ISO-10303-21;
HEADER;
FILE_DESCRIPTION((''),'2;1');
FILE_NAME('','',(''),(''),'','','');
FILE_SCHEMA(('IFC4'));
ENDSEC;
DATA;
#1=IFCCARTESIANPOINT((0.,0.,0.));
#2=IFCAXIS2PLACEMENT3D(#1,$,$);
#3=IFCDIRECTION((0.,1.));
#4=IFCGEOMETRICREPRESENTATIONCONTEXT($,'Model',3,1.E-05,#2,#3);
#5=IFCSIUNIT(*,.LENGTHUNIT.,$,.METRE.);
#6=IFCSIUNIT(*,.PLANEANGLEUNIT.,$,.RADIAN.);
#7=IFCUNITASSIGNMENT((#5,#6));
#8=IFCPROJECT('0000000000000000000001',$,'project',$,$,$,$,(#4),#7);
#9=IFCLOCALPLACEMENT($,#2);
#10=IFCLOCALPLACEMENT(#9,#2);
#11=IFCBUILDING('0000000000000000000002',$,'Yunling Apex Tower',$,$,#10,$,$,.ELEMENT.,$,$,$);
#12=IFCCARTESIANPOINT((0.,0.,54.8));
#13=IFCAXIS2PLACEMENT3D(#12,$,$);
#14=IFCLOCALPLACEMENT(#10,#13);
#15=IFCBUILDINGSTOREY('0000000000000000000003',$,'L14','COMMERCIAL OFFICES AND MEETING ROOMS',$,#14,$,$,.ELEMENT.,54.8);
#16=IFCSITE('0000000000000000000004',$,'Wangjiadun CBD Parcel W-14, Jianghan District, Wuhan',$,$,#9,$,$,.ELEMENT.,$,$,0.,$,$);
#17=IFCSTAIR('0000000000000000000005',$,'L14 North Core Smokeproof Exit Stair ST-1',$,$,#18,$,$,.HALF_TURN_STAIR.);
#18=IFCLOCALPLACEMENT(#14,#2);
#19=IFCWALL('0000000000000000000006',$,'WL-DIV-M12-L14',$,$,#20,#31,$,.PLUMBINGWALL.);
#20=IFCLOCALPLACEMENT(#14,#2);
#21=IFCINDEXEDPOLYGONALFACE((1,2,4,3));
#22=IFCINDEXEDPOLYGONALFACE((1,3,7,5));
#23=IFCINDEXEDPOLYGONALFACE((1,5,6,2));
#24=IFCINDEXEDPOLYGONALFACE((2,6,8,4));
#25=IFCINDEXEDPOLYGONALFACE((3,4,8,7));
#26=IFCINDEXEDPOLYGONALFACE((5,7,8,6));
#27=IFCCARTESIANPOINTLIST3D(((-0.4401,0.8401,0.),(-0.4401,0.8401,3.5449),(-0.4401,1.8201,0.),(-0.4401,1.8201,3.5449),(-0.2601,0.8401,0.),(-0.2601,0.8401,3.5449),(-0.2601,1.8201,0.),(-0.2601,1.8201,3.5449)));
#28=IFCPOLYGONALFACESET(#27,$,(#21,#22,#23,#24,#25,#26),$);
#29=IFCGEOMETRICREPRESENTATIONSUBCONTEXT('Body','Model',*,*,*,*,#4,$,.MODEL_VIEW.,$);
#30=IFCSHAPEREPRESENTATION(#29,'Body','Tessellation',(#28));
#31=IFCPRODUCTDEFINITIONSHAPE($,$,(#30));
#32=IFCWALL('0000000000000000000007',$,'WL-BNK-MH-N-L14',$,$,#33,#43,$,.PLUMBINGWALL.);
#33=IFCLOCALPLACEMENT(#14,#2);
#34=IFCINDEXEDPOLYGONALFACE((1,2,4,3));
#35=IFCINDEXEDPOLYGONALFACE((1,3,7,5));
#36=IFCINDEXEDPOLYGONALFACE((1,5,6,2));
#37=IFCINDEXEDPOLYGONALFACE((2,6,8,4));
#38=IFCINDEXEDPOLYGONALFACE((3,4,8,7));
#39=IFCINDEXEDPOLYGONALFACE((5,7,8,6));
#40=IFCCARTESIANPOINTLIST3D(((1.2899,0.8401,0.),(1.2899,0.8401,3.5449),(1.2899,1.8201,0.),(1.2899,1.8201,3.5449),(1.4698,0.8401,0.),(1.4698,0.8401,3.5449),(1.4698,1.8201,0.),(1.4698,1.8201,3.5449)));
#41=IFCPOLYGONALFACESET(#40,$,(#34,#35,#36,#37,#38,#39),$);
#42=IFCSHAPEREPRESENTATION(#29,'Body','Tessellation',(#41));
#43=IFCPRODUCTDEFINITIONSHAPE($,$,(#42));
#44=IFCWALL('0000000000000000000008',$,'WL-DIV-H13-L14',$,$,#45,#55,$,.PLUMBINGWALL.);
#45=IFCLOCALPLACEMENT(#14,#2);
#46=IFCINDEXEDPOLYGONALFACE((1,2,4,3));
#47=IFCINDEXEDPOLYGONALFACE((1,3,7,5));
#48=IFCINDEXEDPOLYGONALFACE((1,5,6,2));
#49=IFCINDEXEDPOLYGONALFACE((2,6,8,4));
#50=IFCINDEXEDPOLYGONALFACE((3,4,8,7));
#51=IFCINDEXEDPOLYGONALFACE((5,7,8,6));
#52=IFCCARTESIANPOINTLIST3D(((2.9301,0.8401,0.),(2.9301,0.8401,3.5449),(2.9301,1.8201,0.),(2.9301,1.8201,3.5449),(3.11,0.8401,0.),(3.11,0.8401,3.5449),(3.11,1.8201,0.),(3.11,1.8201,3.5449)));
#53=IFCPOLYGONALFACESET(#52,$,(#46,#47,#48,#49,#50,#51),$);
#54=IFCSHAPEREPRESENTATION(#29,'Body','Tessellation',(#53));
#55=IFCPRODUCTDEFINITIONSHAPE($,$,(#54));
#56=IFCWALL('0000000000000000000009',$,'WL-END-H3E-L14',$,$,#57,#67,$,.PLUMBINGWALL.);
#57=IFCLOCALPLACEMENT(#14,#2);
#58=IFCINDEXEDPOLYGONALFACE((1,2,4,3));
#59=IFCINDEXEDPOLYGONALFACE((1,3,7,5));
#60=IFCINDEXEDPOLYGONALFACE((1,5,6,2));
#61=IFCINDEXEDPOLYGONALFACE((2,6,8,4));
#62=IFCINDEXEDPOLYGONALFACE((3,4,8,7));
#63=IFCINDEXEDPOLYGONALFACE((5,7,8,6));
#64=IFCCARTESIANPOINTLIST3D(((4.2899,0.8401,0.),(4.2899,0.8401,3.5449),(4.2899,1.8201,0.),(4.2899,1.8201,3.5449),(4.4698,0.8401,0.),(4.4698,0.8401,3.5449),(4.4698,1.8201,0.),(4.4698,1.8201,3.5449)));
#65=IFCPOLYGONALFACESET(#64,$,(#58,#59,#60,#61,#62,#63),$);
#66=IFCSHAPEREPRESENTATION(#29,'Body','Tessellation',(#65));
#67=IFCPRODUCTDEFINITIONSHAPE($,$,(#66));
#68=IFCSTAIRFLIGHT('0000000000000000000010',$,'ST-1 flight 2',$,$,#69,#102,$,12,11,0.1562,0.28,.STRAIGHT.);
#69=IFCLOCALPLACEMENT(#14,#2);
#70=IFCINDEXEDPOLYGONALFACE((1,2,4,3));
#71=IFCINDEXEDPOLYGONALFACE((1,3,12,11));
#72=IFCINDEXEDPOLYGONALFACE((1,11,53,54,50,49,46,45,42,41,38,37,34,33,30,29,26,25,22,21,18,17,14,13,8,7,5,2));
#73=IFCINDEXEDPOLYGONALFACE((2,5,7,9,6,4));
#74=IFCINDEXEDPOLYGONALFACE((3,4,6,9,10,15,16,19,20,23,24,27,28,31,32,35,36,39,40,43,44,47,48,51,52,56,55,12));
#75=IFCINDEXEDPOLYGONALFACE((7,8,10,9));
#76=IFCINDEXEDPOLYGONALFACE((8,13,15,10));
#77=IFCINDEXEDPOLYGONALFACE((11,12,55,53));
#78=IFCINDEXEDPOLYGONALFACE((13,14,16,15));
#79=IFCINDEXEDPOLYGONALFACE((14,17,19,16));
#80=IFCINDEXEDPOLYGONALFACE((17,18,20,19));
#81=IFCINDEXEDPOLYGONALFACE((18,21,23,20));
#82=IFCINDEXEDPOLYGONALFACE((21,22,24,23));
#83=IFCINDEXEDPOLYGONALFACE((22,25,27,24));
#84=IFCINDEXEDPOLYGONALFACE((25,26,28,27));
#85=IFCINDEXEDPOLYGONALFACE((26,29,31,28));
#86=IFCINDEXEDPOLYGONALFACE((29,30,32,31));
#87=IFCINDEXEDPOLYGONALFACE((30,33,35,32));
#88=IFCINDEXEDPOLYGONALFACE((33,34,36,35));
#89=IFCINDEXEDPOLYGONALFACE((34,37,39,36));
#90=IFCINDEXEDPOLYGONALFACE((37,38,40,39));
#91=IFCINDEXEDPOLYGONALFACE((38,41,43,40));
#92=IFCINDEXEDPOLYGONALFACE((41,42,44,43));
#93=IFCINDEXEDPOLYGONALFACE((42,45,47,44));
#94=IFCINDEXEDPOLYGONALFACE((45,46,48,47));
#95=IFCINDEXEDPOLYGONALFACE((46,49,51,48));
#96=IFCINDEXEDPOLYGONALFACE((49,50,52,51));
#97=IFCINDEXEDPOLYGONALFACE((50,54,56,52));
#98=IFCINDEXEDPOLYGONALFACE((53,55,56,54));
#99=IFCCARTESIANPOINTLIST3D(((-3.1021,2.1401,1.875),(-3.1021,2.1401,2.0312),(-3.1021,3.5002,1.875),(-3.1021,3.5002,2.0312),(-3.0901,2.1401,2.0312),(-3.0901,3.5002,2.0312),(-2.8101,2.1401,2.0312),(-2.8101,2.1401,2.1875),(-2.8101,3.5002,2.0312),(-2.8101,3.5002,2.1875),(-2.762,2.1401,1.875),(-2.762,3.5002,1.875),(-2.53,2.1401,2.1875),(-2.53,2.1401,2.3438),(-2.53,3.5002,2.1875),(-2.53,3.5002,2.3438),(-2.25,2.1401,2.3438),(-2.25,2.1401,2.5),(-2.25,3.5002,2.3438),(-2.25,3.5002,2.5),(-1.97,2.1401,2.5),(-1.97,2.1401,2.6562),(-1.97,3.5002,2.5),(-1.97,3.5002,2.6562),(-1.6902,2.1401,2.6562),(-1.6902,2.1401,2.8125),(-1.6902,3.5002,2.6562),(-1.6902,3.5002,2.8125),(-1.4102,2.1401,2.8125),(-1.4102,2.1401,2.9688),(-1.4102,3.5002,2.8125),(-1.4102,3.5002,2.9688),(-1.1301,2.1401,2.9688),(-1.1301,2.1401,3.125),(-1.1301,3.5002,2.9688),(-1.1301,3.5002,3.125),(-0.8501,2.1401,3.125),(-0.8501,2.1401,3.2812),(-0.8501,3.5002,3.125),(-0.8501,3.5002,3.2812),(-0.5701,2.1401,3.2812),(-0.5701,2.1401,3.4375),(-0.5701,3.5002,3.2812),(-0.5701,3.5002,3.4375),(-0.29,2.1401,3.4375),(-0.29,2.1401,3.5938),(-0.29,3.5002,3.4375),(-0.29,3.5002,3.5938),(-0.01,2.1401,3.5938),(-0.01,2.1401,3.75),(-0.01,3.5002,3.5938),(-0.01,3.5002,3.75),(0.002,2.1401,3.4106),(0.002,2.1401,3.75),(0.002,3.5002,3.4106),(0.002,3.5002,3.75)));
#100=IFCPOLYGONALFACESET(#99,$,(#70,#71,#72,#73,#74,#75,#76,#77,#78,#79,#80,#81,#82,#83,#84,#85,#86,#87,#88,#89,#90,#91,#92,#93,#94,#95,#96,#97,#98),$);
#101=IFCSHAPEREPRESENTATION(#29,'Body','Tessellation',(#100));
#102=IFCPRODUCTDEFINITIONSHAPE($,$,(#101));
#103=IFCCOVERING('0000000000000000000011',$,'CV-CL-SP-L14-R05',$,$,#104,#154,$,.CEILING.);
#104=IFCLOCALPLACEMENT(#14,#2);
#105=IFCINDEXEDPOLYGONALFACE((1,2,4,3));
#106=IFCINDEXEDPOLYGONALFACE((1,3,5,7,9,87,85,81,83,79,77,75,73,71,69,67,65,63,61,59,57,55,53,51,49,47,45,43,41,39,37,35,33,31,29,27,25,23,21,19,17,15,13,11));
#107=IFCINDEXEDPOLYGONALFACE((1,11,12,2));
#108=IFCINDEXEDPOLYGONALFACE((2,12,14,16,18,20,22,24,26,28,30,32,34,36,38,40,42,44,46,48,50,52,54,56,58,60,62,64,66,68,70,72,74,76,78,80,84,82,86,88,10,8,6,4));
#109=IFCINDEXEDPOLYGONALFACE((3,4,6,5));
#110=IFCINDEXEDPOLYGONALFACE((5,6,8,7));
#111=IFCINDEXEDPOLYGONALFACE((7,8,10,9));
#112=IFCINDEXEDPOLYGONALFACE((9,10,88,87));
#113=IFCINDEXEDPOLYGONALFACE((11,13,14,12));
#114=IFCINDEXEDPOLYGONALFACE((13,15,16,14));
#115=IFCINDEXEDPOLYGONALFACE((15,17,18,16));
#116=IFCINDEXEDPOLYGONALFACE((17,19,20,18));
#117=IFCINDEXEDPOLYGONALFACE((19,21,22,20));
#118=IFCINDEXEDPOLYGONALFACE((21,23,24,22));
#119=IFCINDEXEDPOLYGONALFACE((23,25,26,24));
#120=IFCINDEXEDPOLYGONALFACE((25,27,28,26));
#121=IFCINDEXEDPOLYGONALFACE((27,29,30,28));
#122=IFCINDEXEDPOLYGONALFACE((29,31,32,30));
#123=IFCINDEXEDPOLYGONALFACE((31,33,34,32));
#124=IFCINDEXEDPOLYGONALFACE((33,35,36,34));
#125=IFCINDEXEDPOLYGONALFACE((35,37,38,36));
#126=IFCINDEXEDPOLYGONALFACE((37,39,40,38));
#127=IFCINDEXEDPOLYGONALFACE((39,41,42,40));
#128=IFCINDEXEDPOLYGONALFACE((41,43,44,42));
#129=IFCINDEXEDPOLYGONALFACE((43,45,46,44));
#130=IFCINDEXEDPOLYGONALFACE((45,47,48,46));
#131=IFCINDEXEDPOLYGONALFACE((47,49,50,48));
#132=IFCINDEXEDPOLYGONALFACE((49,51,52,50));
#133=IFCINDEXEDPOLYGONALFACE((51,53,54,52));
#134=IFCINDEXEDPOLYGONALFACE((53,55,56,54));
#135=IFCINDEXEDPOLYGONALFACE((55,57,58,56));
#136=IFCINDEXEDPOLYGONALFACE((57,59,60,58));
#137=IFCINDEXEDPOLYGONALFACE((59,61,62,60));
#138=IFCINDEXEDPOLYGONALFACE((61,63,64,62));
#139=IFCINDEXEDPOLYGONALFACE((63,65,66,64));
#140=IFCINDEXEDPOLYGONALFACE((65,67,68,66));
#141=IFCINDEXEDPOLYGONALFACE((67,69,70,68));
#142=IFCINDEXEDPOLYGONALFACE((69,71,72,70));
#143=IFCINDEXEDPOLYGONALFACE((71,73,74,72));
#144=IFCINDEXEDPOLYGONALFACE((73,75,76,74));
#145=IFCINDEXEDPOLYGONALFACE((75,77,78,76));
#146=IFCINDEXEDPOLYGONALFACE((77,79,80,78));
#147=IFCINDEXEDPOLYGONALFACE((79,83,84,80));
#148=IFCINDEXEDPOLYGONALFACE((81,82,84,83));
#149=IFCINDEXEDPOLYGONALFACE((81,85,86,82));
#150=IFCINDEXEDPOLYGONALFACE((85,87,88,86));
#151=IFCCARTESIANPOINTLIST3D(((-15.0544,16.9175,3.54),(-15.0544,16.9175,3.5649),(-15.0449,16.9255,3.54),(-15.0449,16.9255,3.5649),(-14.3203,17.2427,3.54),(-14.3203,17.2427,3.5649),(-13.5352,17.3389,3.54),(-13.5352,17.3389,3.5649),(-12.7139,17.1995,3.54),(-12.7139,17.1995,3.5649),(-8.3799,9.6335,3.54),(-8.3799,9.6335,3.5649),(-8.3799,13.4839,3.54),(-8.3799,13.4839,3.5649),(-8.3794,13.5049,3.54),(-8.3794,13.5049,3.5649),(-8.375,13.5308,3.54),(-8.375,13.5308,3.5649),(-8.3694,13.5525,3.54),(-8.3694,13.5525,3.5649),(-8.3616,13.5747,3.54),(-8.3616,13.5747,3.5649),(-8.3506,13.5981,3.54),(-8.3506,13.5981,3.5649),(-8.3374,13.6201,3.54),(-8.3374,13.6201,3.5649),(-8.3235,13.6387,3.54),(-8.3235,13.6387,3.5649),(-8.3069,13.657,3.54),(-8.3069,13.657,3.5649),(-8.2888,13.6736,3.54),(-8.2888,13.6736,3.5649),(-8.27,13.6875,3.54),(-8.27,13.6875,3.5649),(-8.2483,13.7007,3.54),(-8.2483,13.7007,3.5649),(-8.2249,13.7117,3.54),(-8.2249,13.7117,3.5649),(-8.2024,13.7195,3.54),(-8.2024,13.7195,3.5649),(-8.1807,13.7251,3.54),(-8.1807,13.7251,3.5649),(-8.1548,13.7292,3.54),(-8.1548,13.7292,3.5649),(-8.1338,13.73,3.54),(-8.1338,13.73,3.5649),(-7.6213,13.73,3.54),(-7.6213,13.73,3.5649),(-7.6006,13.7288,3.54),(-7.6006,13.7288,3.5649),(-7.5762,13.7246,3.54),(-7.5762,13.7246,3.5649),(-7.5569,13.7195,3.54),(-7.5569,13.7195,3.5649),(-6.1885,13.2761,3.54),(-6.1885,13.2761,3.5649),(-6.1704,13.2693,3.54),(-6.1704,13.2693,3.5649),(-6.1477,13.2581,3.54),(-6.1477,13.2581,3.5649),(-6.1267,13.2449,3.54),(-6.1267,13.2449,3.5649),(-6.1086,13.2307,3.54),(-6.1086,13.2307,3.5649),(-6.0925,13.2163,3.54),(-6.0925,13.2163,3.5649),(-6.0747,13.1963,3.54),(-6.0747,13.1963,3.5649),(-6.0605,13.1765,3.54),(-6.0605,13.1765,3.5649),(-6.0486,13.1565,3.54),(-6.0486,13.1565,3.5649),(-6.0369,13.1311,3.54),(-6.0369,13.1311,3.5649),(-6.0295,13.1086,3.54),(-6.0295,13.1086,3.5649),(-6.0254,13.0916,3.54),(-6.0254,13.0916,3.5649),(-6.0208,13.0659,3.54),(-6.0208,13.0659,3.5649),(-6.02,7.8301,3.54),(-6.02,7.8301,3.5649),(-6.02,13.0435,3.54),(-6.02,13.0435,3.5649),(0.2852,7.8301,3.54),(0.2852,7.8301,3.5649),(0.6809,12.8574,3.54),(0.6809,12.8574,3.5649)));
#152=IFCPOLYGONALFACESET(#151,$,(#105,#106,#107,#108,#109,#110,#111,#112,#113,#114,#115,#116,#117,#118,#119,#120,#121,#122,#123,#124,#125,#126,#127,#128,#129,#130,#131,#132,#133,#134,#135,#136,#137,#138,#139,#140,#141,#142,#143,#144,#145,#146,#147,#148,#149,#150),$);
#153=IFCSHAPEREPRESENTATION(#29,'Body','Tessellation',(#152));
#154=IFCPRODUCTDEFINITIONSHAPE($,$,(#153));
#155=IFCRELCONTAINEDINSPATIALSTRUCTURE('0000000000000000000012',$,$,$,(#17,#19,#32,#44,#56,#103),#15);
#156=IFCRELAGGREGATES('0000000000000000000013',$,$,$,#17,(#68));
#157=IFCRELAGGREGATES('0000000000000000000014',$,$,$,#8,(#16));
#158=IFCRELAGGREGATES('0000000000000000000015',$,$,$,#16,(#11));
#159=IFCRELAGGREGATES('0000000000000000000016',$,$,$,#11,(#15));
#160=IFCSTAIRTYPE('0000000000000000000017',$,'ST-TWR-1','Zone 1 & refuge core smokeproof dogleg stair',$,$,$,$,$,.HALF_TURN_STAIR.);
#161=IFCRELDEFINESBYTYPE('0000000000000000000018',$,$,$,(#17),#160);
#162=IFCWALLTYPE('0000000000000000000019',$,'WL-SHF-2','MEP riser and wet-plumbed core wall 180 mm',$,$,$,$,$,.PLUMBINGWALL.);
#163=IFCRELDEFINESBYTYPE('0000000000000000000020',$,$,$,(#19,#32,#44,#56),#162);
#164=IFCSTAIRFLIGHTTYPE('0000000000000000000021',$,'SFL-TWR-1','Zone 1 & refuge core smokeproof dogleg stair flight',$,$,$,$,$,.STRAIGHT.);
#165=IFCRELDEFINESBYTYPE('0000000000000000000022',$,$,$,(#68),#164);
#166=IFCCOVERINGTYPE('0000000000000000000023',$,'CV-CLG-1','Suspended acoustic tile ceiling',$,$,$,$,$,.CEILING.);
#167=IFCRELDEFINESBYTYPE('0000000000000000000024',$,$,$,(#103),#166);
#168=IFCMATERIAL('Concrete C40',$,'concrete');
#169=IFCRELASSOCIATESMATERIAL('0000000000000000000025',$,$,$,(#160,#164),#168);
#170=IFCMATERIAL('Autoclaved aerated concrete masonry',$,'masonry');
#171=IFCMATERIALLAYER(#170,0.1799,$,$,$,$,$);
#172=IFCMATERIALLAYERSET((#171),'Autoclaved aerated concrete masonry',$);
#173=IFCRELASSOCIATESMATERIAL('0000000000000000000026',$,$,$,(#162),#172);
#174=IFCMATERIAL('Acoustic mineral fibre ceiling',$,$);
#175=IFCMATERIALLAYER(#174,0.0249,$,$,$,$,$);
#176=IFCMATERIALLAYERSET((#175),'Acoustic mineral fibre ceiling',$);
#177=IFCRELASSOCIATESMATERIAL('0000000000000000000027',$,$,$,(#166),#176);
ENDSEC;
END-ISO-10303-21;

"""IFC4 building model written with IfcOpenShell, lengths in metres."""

from ifc_helpers import new_model, si_unit, direction, frame, frame_2d, origin, place, context, subcontext, project, spatial, polyline, rectangle, outline, extrude, material, layer, layer_set, type_object, element, aggregate, save


model = new_model("IFC4")

# Units and contexts
model_context = context("Model", 3, precision=1e-05, world=origin(), true_north=direction((0.0, 1.0)))
body_context = subcontext(model_context, "Body", "Model", "MODEL_VIEW")
ifc_project = project(units=[si_unit("LENGTHUNIT", "METRE"), si_unit("PLANEANGLEUNIT", "RADIAN")], contexts=[model_context])

# Site, building, storey
site_placement = place(None, origin())
site = spatial("IfcSite", under=ifc_project, at=site_placement, Name="Wangjiadun CBD Parcel W-14, Jianghan District, Wuhan", CompositionType="ELEMENT", RefElevation=0.0)
building_placement = place(site_placement, origin())
building = spatial("IfcBuilding", under=site, at=building_placement, Name="Yunling Apex Tower", CompositionType="ELEMENT")
storey_placement = place(building_placement, frame((0.0, 0.0, 54.8)))
storey = spatial("IfcBuildingStorey", under=building, at=storey_placement, Name="L14", Description="COMMERCIAL OFFICES AND MEETING ROOMS", CompositionType="ELEMENT", Elevation=54.8)

# Shared definitions
ifc_material_1 = material(Name="Concrete C40", Category="concrete")

# Stair
stair_type = type_object("IfcStairType", Name="ST-TWR-1", Description="Zone 1 & refuge core smokeproof dogleg stair", PredefinedType="HALF_TURN_STAIR", material=ifc_material_1)
stair_1_placement = place(storey_placement, origin())
stair_1 = element("IfcStair", 1, at=stair_1_placement, inside=storey, type_object=stair_type, Name="L14 North Core Smokeproof Exit Stair ST-1", PredefinedType="HALF_TURN_STAIR")

# Shared definitions
ifc_material_2 = material(Name="Autoclaved aerated concrete masonry", Category="masonry")

# Walls
ifc_layer_1 = layer(ifc_material_2, 0.1799)
ifc_layer_set_1 = layer_set([ifc_layer_1], Name="Autoclaved aerated concrete masonry")
wall_type_1 = type_object("IfcWallType", Name="WL-SHF-2", Description="MEP riser and wet-plumbed core wall 180 mm", PredefinedType="PLUMBINGWALL", material=ifc_layer_set_1)
for number, where, z_axis, x_axis, name in (
    (2, (-0.3501, 0.8401, 0.0), (0.0, 0.0, 1.0), (0.0, 1.0, 0.0), "WL-DIV-M12-L14"),
    (3, (1.3799, 0.8401, 0.0), (0.0, 0.0, 1.0), (0.0, 1.0, 0.0), "WL-BNK-MH-N-L14"),
    (4, (3.02, 0.8401, 0.0), (0.0, 0.0, 1.0), (0.0, 1.0, 0.0), "WL-DIV-H13-L14"),
    (5, (4.3799, 0.8401, 0.0), (0.0, 0.0, 1.0), (0.0, 1.0, 0.0), "WL-END-H3E-L14"),
):
    element("IfcWall", number, at=place(storey_placement, frame(where, z_axis=z_axis, x_axis=x_axis)), inside=storey, type_object=wall_type_1, Name=name, PredefinedType="PLUMBINGWALL", context=body_context, shape_type="SweptSolid", body=[
        extrude(rectangle(XDim=0.98, YDim=0.1799, at=frame_2d((0.49, 0.0))), origin(), (0.0, 0.0, 1.0), 3.5449),
    ])

# Stair flight
stair_flight_type = type_object("IfcStairFlightType", Name="SFL-TWR-1", Description="Zone 1 & refuge core smokeproof dogleg stair flight", PredefinedType="STRAIGHT", material=ifc_material_1)
stair_flight_placement = place(storey_placement, frame((-3.0901, 2.8201, 1.875), z_axis=(0.0, 0.0, 1.0), x_axis=(1.0, 0.0, 0.0)))
stair_flight = element("IfcStairFlight", 6, at=stair_flight_placement, type_object=stair_flight_type, Name="ST-1 flight 2", NumberOfRisers=12, NumberOfTreads=11, PredefinedType="STRAIGHT", RiserHeight=0.1562, TreadLength=0.28, context=body_context, shape_type="SweptSolid", body=[
    extrude(outline(polyline([(-0.012, 0.0), (-0.012, 0.1562), (0.0, 0.1562), (0.28, 0.1562), (0.28, 0.3125), (0.5601, 0.3125), (0.5601, 0.4688), (0.8401, 0.4688), (0.8401, 0.625), (1.1201, 0.625), (1.1201, 0.7812), (1.3999, 0.7812), (1.3999, 0.9375), (1.6799, 0.9375), (1.6799, 1.0938), (1.96, 1.0938), (1.96, 1.25), (2.24, 1.25), (2.24, 1.4062), (2.52, 1.4062), (2.52, 1.5625), (2.8, 1.5625), (2.8, 1.7188), (3.0801, 1.7188), (3.0801, 1.875), (3.092, 1.875), (3.092, 1.5356), (0.3281, 0.0), (-0.012, 0.0)])), frame((0.0, 0.6802, 0.0), z_axis=(0.0, -1.0, 0.0), x_axis=(1.0, 0.0, 0.0)), (0.0, 0.0, 1.0), 1.3601),
])
aggregate(stair_1, [stair_flight])

# Covering
ifc_material_3 = material(Name="Acoustic mineral fibre ceiling")
ifc_layer_2 = layer(ifc_material_3, 0.0249)
ifc_layer_set_2 = layer_set([ifc_layer_2], Name="Acoustic mineral fibre ceiling")
covering_type_1 = type_object("IfcCoveringType", Name="CV-CLG-1", Description="Suspended acoustic tile ceiling", PredefinedType="CEILING", material=ifc_layer_set_2)
covering_1_placement = place(storey_placement, frame((0.0, 0.0, 3.54)))
element("IfcCovering", 7, at=covering_1_placement, inside=storey, type_object=covering_type_1, Name="CV-CL-SP-L14-R05", PredefinedType="CEILING", context=body_context, shape_type="SweptSolid", body=[
    extrude(outline(polyline([(-15.0544, 16.9175), (-15.0449, 16.9255), (-14.3203, 17.2427), (-13.5352, 17.3389), (-12.7139, 17.1995), (0.6809, 12.8574), (0.2852, 7.8301), (-6.02, 7.8301), (-6.02, 13.0435), (-6.0208, 13.0659), (-6.0254, 13.0916), (-6.0295, 13.1086), (-6.0369, 13.1311), (-6.0486, 13.1565), (-6.0605, 13.1765), (-6.0747, 13.1963), (-6.0925, 13.2163), (-6.1086, 13.2307), (-6.1267, 13.2449), (-6.1477, 13.2581), (-6.1704, 13.2693), (-6.1885, 13.2761), (-7.5569, 13.7195), (-7.5762, 13.7246), (-7.6006, 13.7288), (-7.6213, 13.73), (-8.1338, 13.73), (-8.1548, 13.7292), (-8.1807, 13.7251), (-8.2024, 13.7195), (-8.2249, 13.7117), (-8.2483, 13.7007), (-8.27, 13.6875), (-8.2888, 13.6736), (-8.3069, 13.657), (-8.3235, 13.6387), (-8.3374, 13.6201), (-8.3506, 13.5981), (-8.3616, 13.5747), (-8.3694, 13.5525), (-8.375, 13.5308), (-8.3794, 13.5049), (-8.3799, 13.4839), (-8.3799, 9.6335), (-15.0544, 16.9175)])), origin(), (0.0, 0.0, 1.0), 0.0249),
])

save(model, "model.ifc")
